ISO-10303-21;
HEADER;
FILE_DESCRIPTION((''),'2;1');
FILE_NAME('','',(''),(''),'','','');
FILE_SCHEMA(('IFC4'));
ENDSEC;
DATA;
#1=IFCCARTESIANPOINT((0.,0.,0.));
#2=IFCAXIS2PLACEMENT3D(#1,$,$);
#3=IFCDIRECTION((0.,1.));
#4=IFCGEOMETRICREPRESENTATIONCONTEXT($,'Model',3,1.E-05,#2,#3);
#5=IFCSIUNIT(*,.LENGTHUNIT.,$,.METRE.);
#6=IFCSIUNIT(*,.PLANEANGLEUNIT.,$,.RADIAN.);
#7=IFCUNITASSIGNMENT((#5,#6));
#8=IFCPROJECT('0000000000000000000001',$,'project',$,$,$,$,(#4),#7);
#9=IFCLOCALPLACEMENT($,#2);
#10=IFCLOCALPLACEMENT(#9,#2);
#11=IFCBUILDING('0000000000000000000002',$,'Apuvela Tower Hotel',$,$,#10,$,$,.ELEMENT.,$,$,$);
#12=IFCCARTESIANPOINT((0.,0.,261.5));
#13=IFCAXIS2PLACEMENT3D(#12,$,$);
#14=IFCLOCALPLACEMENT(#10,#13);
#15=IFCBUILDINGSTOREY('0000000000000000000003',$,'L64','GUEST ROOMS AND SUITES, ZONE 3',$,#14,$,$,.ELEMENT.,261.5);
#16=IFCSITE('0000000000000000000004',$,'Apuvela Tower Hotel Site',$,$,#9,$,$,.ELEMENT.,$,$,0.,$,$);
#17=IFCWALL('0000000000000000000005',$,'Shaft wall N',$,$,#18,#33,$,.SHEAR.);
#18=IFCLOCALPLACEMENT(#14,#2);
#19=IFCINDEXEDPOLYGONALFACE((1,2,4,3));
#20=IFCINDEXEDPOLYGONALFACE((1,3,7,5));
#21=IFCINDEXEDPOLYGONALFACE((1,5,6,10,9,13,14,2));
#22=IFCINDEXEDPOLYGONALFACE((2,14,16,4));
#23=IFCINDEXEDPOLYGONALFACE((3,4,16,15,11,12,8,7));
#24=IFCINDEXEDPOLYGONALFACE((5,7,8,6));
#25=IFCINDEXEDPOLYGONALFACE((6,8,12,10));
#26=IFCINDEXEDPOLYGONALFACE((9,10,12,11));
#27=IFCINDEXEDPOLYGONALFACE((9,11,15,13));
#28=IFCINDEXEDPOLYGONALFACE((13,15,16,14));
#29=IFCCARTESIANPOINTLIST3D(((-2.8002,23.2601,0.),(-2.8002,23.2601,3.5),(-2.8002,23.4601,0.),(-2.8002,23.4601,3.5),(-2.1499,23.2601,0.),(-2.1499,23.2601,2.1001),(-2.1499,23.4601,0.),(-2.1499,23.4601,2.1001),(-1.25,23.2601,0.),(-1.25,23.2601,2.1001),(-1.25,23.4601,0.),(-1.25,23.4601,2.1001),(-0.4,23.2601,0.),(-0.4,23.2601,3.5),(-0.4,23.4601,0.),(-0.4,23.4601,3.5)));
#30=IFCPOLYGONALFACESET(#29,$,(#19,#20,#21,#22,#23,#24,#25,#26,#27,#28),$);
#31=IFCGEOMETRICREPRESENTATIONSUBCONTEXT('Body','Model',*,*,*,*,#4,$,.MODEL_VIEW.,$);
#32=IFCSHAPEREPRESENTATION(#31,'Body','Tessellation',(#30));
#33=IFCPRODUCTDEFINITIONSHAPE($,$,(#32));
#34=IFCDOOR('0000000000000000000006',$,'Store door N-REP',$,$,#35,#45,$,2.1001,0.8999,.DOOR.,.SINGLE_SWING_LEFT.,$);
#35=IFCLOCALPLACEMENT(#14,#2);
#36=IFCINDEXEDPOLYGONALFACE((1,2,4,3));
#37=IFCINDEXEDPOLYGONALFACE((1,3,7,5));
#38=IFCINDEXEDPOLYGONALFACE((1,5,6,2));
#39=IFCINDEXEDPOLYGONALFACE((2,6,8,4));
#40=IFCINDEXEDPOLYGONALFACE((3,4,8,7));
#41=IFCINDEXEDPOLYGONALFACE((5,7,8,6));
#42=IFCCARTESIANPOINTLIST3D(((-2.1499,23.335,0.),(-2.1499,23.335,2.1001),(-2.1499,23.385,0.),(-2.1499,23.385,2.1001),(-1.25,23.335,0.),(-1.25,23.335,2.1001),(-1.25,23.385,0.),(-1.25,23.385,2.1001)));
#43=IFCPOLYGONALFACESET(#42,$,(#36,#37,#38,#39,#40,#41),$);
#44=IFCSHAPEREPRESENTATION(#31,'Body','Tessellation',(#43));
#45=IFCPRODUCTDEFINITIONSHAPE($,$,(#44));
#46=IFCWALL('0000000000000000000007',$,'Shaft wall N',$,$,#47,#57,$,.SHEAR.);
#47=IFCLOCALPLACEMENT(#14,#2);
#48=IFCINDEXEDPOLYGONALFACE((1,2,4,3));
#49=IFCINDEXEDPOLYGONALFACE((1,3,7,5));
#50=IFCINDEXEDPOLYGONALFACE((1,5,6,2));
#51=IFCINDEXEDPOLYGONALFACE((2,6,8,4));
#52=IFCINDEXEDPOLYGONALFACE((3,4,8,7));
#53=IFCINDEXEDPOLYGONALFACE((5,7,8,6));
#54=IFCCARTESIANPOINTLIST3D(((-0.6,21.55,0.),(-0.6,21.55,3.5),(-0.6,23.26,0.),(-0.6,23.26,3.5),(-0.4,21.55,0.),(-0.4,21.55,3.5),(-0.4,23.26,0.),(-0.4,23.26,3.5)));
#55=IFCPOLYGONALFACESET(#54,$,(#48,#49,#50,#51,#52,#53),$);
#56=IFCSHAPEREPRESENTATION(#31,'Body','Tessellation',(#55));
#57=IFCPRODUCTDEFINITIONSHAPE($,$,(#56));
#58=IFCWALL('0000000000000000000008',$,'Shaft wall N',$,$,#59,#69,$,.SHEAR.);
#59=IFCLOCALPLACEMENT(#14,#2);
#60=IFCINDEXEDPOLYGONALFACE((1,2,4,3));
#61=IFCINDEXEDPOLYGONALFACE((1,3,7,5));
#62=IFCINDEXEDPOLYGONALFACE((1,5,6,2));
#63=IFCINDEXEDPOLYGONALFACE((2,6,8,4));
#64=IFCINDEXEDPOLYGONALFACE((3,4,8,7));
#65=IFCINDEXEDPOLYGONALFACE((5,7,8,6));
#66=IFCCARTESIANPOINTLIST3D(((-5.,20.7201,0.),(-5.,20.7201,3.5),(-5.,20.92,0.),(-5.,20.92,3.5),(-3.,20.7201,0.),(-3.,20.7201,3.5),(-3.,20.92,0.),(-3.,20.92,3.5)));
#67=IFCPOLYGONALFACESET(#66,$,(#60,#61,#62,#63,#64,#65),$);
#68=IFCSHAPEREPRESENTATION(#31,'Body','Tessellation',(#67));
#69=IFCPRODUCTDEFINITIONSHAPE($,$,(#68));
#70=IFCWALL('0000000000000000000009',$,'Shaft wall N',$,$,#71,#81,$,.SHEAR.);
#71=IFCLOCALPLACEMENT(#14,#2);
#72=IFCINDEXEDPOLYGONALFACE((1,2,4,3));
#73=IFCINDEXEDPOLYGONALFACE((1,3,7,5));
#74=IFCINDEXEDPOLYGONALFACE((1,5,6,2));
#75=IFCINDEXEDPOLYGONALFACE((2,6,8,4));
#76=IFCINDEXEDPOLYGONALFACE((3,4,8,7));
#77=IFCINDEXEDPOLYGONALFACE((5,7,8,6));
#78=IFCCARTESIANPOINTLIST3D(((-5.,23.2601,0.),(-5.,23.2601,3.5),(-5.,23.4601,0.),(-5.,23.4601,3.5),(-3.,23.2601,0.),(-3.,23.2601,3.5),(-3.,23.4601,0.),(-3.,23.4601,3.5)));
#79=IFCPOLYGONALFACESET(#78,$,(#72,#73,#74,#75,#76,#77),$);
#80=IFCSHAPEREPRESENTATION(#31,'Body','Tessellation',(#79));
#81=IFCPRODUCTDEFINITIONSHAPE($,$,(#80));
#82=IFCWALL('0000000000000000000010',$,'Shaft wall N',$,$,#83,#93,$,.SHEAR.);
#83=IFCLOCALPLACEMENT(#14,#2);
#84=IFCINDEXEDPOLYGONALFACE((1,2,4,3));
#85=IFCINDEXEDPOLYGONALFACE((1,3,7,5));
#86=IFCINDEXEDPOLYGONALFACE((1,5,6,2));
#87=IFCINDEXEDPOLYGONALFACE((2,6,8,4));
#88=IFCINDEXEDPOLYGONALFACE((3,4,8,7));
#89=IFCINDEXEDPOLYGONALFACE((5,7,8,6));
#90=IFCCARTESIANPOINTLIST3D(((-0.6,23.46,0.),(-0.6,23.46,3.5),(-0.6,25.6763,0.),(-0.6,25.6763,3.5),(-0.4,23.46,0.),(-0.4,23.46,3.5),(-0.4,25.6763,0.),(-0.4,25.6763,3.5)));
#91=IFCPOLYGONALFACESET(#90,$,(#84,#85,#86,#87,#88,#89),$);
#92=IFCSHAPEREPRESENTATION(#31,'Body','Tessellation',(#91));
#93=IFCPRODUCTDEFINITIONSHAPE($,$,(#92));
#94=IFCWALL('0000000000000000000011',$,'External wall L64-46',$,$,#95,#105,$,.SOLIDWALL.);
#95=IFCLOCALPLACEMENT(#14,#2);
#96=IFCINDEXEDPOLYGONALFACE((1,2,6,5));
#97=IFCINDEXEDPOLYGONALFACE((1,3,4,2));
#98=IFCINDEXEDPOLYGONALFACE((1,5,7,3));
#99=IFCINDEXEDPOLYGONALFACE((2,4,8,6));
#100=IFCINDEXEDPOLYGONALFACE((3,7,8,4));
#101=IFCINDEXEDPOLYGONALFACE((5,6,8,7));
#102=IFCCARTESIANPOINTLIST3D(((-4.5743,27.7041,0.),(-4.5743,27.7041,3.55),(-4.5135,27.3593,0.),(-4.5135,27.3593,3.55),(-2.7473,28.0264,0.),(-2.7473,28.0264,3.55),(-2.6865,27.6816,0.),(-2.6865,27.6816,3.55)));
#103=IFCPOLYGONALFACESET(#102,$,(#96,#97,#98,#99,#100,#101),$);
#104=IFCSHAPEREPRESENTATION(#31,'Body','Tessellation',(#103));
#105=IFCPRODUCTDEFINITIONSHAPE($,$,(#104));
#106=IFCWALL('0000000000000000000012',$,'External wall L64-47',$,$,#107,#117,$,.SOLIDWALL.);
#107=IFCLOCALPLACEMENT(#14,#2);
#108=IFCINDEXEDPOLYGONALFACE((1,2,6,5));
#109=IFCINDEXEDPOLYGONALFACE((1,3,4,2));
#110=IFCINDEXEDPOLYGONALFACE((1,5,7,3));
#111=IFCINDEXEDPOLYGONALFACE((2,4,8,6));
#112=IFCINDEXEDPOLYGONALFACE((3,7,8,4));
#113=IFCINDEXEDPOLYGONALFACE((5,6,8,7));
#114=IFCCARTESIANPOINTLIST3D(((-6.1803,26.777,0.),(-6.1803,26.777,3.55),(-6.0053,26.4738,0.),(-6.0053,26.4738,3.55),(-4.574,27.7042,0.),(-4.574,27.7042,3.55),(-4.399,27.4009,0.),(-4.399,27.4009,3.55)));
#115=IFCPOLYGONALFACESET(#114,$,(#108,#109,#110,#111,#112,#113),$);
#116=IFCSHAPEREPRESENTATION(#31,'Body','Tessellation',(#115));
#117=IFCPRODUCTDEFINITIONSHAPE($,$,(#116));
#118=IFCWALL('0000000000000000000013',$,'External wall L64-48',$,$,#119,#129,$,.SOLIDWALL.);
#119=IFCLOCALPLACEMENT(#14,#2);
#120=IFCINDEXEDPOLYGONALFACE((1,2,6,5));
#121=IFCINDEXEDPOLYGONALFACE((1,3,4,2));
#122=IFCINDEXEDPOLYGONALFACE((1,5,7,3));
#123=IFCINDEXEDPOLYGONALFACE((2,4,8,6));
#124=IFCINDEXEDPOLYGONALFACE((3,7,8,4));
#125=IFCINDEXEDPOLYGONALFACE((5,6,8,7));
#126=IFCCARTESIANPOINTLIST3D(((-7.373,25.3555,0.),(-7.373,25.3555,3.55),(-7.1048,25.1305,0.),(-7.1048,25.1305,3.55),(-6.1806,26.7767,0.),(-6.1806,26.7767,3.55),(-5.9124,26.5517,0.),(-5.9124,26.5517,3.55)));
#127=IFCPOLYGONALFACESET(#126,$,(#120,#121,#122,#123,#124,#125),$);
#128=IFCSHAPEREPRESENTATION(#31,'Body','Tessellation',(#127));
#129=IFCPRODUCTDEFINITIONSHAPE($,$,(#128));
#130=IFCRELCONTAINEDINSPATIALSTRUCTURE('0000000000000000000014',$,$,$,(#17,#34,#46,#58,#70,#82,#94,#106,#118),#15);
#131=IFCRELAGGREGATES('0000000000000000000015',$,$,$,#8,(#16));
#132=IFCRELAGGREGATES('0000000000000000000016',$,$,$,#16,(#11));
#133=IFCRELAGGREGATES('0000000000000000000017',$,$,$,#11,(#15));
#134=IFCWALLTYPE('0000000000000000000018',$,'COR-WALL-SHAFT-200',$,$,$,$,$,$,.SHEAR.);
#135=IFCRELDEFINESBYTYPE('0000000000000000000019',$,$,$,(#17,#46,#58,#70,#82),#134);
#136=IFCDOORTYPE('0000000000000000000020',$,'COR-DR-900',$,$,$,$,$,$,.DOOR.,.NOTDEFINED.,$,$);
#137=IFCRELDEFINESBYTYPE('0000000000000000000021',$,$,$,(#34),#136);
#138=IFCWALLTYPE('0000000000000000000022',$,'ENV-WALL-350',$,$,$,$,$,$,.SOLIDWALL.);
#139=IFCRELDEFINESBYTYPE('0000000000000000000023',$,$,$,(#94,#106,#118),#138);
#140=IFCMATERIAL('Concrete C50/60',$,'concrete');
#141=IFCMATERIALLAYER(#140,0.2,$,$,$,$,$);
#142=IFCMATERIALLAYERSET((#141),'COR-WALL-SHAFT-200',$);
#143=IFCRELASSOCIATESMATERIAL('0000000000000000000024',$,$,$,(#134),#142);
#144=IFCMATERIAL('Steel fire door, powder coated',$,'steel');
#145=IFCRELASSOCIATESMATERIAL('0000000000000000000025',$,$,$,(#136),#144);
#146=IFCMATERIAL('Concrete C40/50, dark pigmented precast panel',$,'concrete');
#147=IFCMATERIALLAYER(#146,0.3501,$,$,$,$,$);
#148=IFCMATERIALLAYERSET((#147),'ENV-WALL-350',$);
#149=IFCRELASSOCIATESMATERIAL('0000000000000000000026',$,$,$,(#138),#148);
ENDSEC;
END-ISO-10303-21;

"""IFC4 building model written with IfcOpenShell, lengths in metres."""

from ifc_helpers import new_model, si_unit, direction, frame, frame_2d, origin, place, context, subcontext, project, spatial, rectangle, extrude, material, layer, layer_set, type_object, element, fill, save


model = new_model("IFC4")

# Units and contexts
model_context = context("Model", 3, precision=1e-05, world=origin(), true_north=direction((0.0, 1.0)))
body_context = subcontext(model_context, "Body", "Model", "MODEL_VIEW")
ifc_project = project(units=[si_unit("LENGTHUNIT", "METRE"), si_unit("PLANEANGLEUNIT", "RADIAN")], contexts=[model_context])

# Site, building, storey
site_placement = place(None, origin())
site = spatial("IfcSite", under=ifc_project, at=site_placement, Name="Apuvela Tower Hotel Site", CompositionType="ELEMENT", RefElevation=0.0)
building_placement = place(site_placement, origin())
building = spatial("IfcBuilding", under=site, at=building_placement, Name="Apuvela Tower Hotel", CompositionType="ELEMENT")
storey_placement = place(building_placement, frame((0.0, 0.0, 261.5)))
storey = spatial("IfcBuildingStorey", under=building, at=storey_placement, Name="L64", Description="GUEST ROOMS AND SUITES, ZONE 3", CompositionType="ELEMENT", Elevation=261.5)

# Wall, opening, door
ifc_material_1 = material(Name="Concrete C50/60", Category="concrete")
ifc_layer_1 = layer(ifc_material_1, 0.2)
ifc_layer_set_1 = layer_set([ifc_layer_1], Name="COR-WALL-SHAFT-200")
wall_type_1 = type_object("IfcWallType", Name="COR-WALL-SHAFT-200", PredefinedType="SHEAR", material=ifc_layer_set_1)
wall_1_placement = place(storey_placement, frame((-0.3999, 23.3601, 0.0), z_axis=(0.0, 0.0, 1.0), x_axis=(-1.0, 0.0, 0.0)))
wall_1 = element("IfcWall", 1, at=wall_1_placement, inside=storey, type_object=wall_type_1, Name="Shaft wall N", PredefinedType="SHEAR", context=body_context, shape_type="SweptSolid", body=[
    extrude(rectangle(XDim=2.4001, YDim=0.2, at=frame_2d((1.2002, 0.0))), origin(), (0.0, 0.0, 1.0), 3.5),
])
opening_1_placement = place(wall_1_placement, frame((0.8501, 0.0, 0.0)))
opening_1 = element("IfcOpeningElement", 2, at=opening_1_placement, cuts=wall_1, PredefinedType="OPENING", context=body_context, shape_type="SweptSolid", body=[
    extrude(rectangle(XDim=0.8999, YDim=2.1001, at=frame_2d((0.45, 1.05))), frame((0.0, 0.1099, 0.0), z_axis=(0.0, -1.0, 0.0), x_axis=(1.0, 0.0, 0.0)), (0.0, 0.0, 1.0), 0.22),
])
ifc_material_2 = material(Name="Steel fire door, powder coated", Category="steel")
door_type_1 = type_object("IfcDoorType", Name="COR-DR-900", OperationType="NOTDEFINED", PredefinedType="DOOR", material=ifc_material_2)
door_1_placement = place(opening_1_placement, frame((0.8999, 0.0, 0.0), z_axis=(0.0, 0.0, 1.0), x_axis=(-1.0, 0.0, 0.0)))
door_1 = element("IfcDoor", 3, at=door_1_placement, inside=storey, type_object=door_type_1, Name="Store door N-REP", OperationType="SINGLE_SWING_LEFT", OverallHeight=2.1001, OverallWidth=0.8999, PredefinedType="DOOR", context=body_context, shape_type="SweptSolid", body=[
    extrude(rectangle(XDim=0.8999, YDim=2.1001, at=frame_2d((0.45, 1.05))), frame((0.0, 0.0249, 0.0), z_axis=(0.0, -1.0, 0.0), x_axis=(1.0, 0.0, 0.0)), (0.0, 0.0, 1.0), 0.05),
])
fill(opening_1, door_1)

# Walls
wall_2_placement = place(storey_placement, frame((-0.5, 21.55, 0.0), z_axis=(0.0, 0.0, 1.0), x_axis=(0.0, 1.0, 0.0)))
element("IfcWall", 4, at=wall_2_placement, inside=storey, type_object=wall_type_1, Name="Shaft wall N", PredefinedType="SHEAR", context=body_context, shape_type="SweptSolid", body=[
    extrude(rectangle(XDim=1.71, YDim=0.2, at=frame_2d((0.855, 0.0))), origin(), (0.0, 0.0, 1.0), 3.5),
])
for number, where, z_axis, x_axis, name in (
    (5, (-3.0, 20.8201, 0.0), (0.0, 0.0, 1.0), (-1.0, 0.0, 0.0), "Shaft wall N"),
    (6, (-3.0, 23.3601, 0.0), (0.0, 0.0, 1.0), (-1.0, 0.0, 0.0), "Shaft wall N"),
):
    element("IfcWall", number, at=place(storey_placement, frame(where, z_axis=z_axis, x_axis=x_axis)), inside=storey, type_object=wall_type_1, Name=name, PredefinedType="SHEAR", context=body_context, shape_type="SweptSolid", body=[
        extrude(rectangle(XDim=2.0, YDim=0.2, at=frame_2d((1.0, 0.0))), origin(), (0.0, 0.0, 1.0), 3.5),
    ])
wall_3_placement = place(storey_placement, frame((-0.5, 23.46, 0.0), z_axis=(0.0, 0.0, 1.0), x_axis=(0.0, 1.0, 0.0)))
element("IfcWall", 7, at=wall_3_placement, inside=storey, type_object=wall_type_1, Name="Shaft wall N", PredefinedType="SHEAR", context=body_context, shape_type="SweptSolid", body=[
    extrude(rectangle(XDim=2.2163, YDim=0.2, at=frame_2d((1.1082, 0.0))), origin(), (0.0, 0.0, 1.0), 3.5),
])

# Shared definitions
ifc_material_3 = material(Name="Concrete C40/50, dark pigmented precast panel", Category="concrete")
ifc_layer_2 = layer(ifc_material_3, 0.3501)
ifc_layer_set_2 = layer_set([ifc_layer_2], Name="ENV-WALL-350")
wall_type_2 = type_object("IfcWallType", Name="ENV-WALL-350", PredefinedType="SOLIDWALL", material=ifc_layer_set_2)

# Walls
wall_4_placement = place(storey_placement, frame((-2.7168, 27.854, 0.0), z_axis=(0.0, 0.0, 1.0), x_axis=(-0.984795, -0.173718, 0.0)))
element("IfcWall", 8, at=wall_4_placement, inside=storey, type_object=wall_type_2, Name="External wall L64-46", PredefinedType="SOLIDWALL", context=body_context, shape_type="SweptSolid", body=[
    extrude(rectangle(XDim=1.8552, YDim=0.3501, at=frame_2d((0.9277, 0.0))), origin(), (0.0, 0.0, 1.0), 3.55),
])
wall_5_placement = place(storey_placement, frame((-4.4866, 27.5525, 0.0), z_axis=(0.0, 0.0, 1.0), x_axis=(-0.86608, -0.499905, 0.0)))
element("IfcWall", 9, at=wall_5_placement, inside=storey, type_object=wall_type_2, Name="External wall L64-47", PredefinedType="SOLIDWALL", context=body_context, shape_type="SweptSolid", body=[
    extrude(rectangle(XDim=1.8547, YDim=0.3501, at=frame_2d((0.9272, 0.0))), origin(), (0.0, 0.0, 1.0), 3.55),
])
wall_6_placement = place(storey_placement, frame((-6.0464, 26.6643, 0.0), z_axis=(0.0, 0.0, 1.0), x_axis=(-0.642757, -0.76607, 0.0)))
element("IfcWall", 10, at=wall_6_placement, inside=storey, type_object=wall_type_2, Name="External wall L64-48", PredefinedType="SOLIDWALL", context=body_context, shape_type="SweptSolid", body=[
    extrude(rectangle(XDim=1.8552, YDim=0.3501, at=frame_2d((0.9277, 0.0))), origin(), (0.0, 0.0, 1.0), 3.55),
])

save(model, "model.ifc")
